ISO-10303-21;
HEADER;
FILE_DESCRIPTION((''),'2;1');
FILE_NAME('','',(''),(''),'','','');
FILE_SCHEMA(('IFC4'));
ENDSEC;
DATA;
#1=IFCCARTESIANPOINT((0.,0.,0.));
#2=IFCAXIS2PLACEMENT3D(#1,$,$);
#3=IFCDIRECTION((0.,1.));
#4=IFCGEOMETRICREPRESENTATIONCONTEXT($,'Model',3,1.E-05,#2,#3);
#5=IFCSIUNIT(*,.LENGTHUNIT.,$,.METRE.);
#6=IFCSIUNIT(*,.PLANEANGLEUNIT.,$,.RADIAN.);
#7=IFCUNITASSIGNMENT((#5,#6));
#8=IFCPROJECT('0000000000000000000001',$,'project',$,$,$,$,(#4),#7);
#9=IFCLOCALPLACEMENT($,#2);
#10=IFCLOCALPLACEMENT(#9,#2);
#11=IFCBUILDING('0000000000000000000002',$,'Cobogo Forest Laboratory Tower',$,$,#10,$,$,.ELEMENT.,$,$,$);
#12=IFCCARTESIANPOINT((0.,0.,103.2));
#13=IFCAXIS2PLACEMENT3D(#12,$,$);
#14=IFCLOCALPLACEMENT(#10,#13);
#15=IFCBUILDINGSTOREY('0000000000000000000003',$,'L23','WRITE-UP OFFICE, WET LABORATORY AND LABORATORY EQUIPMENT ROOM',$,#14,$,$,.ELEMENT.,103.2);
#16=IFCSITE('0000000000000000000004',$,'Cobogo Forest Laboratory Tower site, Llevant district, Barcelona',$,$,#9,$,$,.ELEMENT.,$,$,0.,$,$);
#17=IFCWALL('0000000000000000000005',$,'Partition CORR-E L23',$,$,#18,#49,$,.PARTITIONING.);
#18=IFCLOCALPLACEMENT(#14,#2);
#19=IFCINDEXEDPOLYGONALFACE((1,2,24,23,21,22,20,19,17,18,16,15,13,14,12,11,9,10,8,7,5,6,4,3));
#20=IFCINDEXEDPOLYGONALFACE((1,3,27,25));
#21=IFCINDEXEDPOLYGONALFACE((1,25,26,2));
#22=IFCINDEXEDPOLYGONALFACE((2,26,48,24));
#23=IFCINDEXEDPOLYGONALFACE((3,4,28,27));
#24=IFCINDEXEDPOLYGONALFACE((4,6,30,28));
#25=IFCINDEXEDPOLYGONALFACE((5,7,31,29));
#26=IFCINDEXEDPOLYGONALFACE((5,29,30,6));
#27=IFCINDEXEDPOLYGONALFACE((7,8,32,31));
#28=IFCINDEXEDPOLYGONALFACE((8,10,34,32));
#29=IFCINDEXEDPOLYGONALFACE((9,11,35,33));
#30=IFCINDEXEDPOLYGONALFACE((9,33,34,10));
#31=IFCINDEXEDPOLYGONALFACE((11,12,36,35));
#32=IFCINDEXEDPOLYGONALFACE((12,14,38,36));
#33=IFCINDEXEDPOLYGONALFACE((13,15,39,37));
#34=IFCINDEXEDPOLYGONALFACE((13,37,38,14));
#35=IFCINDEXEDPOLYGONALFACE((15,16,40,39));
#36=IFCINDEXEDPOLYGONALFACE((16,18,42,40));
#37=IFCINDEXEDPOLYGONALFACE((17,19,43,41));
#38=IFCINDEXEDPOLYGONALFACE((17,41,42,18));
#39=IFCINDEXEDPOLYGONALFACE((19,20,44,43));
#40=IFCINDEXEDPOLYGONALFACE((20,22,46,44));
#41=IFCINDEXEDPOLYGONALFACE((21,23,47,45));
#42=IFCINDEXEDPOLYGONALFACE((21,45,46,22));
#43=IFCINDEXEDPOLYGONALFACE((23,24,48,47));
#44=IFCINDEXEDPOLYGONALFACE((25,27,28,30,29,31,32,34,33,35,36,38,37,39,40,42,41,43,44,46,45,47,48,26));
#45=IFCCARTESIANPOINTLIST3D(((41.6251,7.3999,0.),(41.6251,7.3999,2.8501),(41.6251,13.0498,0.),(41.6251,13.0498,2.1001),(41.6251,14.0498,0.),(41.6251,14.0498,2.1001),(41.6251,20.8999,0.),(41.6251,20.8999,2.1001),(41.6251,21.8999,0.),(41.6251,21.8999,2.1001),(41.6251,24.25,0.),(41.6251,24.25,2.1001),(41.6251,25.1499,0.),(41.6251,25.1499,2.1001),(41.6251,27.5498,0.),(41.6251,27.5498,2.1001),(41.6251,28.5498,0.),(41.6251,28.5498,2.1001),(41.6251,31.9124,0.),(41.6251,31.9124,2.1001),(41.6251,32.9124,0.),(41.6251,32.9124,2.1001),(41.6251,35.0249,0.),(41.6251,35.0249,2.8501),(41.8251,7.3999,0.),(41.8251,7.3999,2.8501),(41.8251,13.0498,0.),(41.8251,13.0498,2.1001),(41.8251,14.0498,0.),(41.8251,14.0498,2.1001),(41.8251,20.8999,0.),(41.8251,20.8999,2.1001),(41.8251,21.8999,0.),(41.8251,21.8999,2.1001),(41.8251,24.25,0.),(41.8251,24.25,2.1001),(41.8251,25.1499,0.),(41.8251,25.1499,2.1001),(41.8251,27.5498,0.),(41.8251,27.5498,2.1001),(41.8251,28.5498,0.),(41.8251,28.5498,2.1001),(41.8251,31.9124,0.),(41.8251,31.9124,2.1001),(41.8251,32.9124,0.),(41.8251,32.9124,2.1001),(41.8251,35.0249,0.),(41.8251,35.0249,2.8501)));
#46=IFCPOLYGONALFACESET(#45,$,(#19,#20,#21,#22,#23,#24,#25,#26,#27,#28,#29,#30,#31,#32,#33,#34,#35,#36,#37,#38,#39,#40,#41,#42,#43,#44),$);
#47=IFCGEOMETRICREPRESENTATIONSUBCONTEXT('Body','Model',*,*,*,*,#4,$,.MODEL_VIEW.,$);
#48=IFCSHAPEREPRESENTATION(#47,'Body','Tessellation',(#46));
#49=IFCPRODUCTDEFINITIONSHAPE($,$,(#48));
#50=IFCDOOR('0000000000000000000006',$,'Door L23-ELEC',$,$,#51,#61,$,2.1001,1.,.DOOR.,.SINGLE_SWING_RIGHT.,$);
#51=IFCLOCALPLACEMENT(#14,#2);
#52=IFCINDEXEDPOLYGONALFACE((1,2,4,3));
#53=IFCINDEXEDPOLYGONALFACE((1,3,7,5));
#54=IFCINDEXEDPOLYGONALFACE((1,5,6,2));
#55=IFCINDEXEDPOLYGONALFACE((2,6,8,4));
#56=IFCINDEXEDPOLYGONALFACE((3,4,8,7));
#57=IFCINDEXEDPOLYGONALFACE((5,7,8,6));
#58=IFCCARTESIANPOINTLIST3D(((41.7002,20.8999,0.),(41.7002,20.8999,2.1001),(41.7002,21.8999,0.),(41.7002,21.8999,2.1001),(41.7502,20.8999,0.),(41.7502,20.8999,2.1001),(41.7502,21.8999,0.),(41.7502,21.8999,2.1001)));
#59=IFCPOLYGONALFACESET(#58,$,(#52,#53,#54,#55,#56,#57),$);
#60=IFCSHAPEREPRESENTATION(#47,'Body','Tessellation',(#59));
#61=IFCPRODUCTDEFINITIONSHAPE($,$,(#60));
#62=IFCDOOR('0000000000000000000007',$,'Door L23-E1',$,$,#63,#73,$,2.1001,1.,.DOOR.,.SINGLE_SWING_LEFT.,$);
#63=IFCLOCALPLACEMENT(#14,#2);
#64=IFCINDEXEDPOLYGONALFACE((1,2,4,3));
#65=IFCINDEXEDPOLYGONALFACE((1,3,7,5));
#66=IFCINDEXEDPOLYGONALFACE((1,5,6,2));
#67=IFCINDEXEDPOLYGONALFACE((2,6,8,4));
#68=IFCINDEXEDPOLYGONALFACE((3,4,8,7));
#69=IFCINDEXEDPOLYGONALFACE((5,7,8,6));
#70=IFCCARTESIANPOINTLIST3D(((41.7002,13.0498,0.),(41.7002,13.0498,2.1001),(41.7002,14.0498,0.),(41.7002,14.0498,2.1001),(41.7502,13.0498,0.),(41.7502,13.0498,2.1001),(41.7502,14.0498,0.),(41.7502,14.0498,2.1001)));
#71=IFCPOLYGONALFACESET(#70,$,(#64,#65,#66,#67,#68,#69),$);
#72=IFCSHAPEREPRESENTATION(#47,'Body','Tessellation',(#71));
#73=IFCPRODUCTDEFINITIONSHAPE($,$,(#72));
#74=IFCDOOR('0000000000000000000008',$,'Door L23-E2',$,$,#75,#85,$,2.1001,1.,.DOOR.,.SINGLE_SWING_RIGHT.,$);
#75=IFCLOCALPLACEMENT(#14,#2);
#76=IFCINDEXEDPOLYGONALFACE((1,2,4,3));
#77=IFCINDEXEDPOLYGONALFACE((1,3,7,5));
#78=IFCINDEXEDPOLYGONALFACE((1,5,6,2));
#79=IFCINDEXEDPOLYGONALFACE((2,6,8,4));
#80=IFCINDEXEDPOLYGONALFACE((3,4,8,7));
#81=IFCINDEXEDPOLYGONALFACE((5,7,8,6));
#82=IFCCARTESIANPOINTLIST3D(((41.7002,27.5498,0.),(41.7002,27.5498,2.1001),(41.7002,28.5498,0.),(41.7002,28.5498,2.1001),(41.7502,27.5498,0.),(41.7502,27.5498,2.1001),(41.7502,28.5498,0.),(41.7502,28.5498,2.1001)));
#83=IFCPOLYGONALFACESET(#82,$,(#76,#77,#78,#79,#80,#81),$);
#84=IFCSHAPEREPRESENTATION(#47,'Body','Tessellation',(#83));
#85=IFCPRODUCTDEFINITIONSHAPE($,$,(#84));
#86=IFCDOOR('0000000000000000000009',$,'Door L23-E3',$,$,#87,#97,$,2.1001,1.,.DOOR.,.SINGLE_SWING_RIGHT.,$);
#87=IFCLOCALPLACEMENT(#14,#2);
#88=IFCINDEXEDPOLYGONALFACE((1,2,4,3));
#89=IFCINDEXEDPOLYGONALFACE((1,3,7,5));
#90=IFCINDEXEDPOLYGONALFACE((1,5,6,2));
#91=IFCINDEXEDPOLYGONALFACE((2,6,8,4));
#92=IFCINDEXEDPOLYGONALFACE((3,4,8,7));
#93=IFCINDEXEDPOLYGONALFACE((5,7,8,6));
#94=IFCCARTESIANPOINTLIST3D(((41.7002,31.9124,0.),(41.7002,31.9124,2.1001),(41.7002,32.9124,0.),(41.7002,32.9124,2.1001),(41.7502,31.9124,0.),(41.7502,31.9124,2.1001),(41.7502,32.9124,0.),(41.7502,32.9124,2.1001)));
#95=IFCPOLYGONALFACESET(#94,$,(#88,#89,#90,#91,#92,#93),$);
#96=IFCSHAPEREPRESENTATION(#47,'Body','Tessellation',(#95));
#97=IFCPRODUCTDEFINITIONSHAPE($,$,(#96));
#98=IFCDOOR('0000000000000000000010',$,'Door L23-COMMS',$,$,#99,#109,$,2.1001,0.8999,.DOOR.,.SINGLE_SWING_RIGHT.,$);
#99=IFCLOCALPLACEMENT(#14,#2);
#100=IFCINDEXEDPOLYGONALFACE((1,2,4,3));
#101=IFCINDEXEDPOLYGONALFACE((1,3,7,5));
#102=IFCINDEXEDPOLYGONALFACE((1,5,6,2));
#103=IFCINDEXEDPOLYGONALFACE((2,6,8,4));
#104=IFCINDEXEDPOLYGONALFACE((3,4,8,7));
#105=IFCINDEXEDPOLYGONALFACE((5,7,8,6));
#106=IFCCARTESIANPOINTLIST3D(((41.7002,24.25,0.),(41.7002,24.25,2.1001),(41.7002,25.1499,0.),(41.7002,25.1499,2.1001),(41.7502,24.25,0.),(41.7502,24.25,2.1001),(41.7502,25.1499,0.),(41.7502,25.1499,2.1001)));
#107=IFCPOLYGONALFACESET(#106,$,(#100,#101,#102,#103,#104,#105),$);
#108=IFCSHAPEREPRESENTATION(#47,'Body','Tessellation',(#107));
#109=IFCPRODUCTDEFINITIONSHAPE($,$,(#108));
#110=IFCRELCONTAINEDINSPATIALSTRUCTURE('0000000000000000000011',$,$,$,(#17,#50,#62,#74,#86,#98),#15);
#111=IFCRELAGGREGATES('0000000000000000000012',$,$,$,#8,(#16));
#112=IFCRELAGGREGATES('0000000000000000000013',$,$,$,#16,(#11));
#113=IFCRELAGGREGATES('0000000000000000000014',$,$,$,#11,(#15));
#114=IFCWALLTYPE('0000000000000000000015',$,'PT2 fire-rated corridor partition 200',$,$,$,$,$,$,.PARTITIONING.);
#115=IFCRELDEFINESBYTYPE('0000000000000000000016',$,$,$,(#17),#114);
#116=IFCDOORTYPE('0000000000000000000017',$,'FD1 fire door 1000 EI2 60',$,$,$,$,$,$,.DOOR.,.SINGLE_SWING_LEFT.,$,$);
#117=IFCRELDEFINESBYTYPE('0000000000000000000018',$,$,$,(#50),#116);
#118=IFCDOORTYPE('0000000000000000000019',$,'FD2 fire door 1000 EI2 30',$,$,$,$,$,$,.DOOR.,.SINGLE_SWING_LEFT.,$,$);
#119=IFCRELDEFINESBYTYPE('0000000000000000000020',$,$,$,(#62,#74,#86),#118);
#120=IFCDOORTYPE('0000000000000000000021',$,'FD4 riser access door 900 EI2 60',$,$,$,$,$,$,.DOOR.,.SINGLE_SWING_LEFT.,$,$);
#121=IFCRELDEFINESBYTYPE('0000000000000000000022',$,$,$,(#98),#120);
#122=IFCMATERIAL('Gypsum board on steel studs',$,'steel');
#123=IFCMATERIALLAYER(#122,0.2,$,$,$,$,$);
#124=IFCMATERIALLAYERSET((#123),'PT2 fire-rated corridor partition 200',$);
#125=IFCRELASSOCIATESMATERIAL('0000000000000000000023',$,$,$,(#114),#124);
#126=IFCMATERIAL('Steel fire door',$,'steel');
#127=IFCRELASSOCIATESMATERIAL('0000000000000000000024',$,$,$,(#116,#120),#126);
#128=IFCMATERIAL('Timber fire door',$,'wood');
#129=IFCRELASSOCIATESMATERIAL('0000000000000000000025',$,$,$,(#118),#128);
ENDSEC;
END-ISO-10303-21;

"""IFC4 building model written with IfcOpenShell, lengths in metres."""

from ifc_helpers import new_model, si_unit, direction, frame, frame_2d, origin, place, context, subcontext, project, spatial, rectangle, extrude, material, layer, layer_set, type_object, element, fill, save


model = new_model("IFC4")

# Units and contexts
model_context = context("Model", 3, precision=1e-05, world=origin(), true_north=direction((0.0, 1.0)))
body_context = subcontext(model_context, "Body", "Model", "MODEL_VIEW")
ifc_project = project(units=[si_unit("LENGTHUNIT", "METRE"), si_unit("PLANEANGLEUNIT", "RADIAN")], contexts=[model_context])

# Site, building, storey
site_placement = place(None, origin())
site = spatial("IfcSite", under=ifc_project, at=site_placement, Name="Cobogo Forest Laboratory Tower site, Llevant district, Barcelona", CompositionType="ELEMENT", RefElevation=0.0)
building_placement = place(site_placement, origin())
building = spatial("IfcBuilding", under=site, at=building_placement, Name="Cobogo Forest Laboratory Tower", CompositionType="ELEMENT")
storey_placement = place(building_placement, frame((0.0, 0.0, 103.2)))
storey = spatial("IfcBuildingStorey", under=building, at=storey_placement, Name="L23", Description="WRITE-UP OFFICE, WET LABORATORY AND LABORATORY EQUIPMENT ROOM", CompositionType="ELEMENT", Elevation=103.2)

# Shared definitions
ifc_material_1 = material(Name="Gypsum board on steel studs", Category="steel")

# Wall, openings, doors
ifc_layer_1 = layer(ifc_material_1, 0.2)
ifc_layer_set_1 = layer_set([ifc_layer_1], Name="PT2 fire-rated corridor partition 200")
wall_type_1 = type_object("IfcWallType", Name="PT2 fire-rated corridor partition 200", PredefinedType="PARTITIONING", material=ifc_layer_set_1)
wall_1_placement = place(storey_placement, frame((41.7251, 7.3999, 0.0), z_axis=(0.0, 0.0, 1.0), x_axis=(0.0, 1.0, 0.0)))
wall_1 = element("IfcWall", 1, at=wall_1_placement, inside=storey, type_object=wall_type_1, Name="Partition CORR-E L23", PredefinedType="PARTITIONING", context=body_context, shape_type="SweptSolid", body=[
    extrude(rectangle(XDim=27.625, YDim=0.2, at=frame_2d((13.8125, 0.0))), origin(), (0.0, 0.0, 1.0), 2.8501),
])
opening_1_placement = place(wall_1_placement, frame((5.6499, 0.0, 0.0)))
opening_1 = element("IfcOpeningElement", 2, at=opening_1_placement, cuts=wall_1, PredefinedType="OPENING", context=body_context, shape_type="SweptSolid", body=[
    extrude(rectangle(XDim=1.0, YDim=2.1001, at=frame_2d((0.5, 1.05))), frame((0.0, 0.1099, 0.0), z_axis=(0.0, -1.0, 0.0), x_axis=(1.0, 0.0, 0.0)), (0.0, 0.0, 1.0), 0.22),
])
opening_2_placement = place(wall_1_placement, frame((13.5, 0.0, 0.0)))
opening_2 = element("IfcOpeningElement", 3, at=opening_2_placement, cuts=wall_1, PredefinedType="OPENING", context=body_context, shape_type="SweptSolid", body=[
    extrude(rectangle(XDim=1.0, YDim=2.1001, at=frame_2d((0.5, 1.05))), frame((0.0, 0.1099, 0.0), z_axis=(0.0, -1.0, 0.0), x_axis=(1.0, 0.0, 0.0)), (0.0, 0.0, 1.0), 0.22),
])
opening_3_placement = place(wall_1_placement, frame((16.8501, 0.0, 0.0)))
opening_3 = element("IfcOpeningElement", 4, at=opening_3_placement, cuts=wall_1, PredefinedType="OPENING", context=body_context, shape_type="SweptSolid", body=[
    extrude(rectangle(XDim=0.8999, YDim=2.1001, at=frame_2d((0.45, 1.05))), frame((0.0, 0.1099, 0.0), z_axis=(0.0, -1.0, 0.0), x_axis=(1.0, 0.0, 0.0)), (0.0, 0.0, 1.0), 0.22),
])
opening_4_placement = place(wall_1_placement, frame((20.1499, 0.0, 0.0)))
opening_4 = element("IfcOpeningElement", 5, at=opening_4_placement, cuts=wall_1, PredefinedType="OPENING", context=body_context, shape_type="SweptSolid", body=[
    extrude(rectangle(XDim=1.0, YDim=2.1001, at=frame_2d((0.5, 1.05))), frame((0.0, 0.1099, 0.0), z_axis=(0.0, -1.0, 0.0), x_axis=(1.0, 0.0, 0.0)), (0.0, 0.0, 1.0), 0.22),
])
opening_5_placement = place(wall_1_placement, frame((24.5125, 0.0, 0.0)))
opening_5 = element("IfcOpeningElement", 6, at=opening_5_placement, cuts=wall_1, PredefinedType="OPENING", context=body_context, shape_type="SweptSolid", body=[
    extrude(rectangle(XDim=1.0, YDim=2.1001, at=frame_2d((0.5, 1.05))), frame((0.0, 0.1099, 0.0), z_axis=(0.0, -1.0, 0.0), x_axis=(1.0, 0.0, 0.0)), (0.0, 0.0, 1.0), 0.22),
])
ifc_material_2 = material(Name="Steel fire door", Category="steel")
door_type_1 = type_object("IfcDoorType", Name="FD1 fire door 1000 EI2 60", OperationType="SINGLE_SWING_LEFT", PredefinedType="DOOR", material=ifc_material_2)
door_1_placement = place(opening_2_placement, origin())
door_1 = element("IfcDoor", 7, at=door_1_placement, inside=storey, type_object=door_type_1, Name="Door L23-ELEC", OperationType="SINGLE_SWING_RIGHT", OverallHeight=2.1001, OverallWidth=1.0, PredefinedType="DOOR", context=body_context, shape_type="SweptSolid", body=[
    extrude(rectangle(XDim=1.0, YDim=2.1001, at=frame_2d((0.5, 1.05))), frame((0.0, 0.0249, 0.0), z_axis=(0.0, -1.0, 0.0), x_axis=(1.0, 0.0, 0.0)), (0.0, 0.0, 1.0), 0.05),
])
fill(opening_2, door_1)
ifc_material_3 = material(Name="Timber fire door", Category="wood")
door_type_2 = type_object("IfcDoorType", Name="FD2 fire door 1000 EI2 30", OperationType="SINGLE_SWING_LEFT", PredefinedType="DOOR", material=ifc_material_3)
door_2_placement = place(opening_1_placement, origin())
door_2 = element("IfcDoor", 8, at=door_2_placement, inside=storey, type_object=door_type_2, Name="Door L23-E1", OperationType="SINGLE_SWING_LEFT", OverallHeight=2.1001, OverallWidth=1.0, PredefinedType="DOOR", context=body_context, shape_type="SweptSolid", body=[
    extrude(rectangle(XDim=1.0, YDim=2.1001, at=frame_2d((0.5, 1.05))), frame((0.0, 0.0249, 0.0), z_axis=(0.0, -1.0, 0.0), x_axis=(1.0, 0.0, 0.0)), (0.0, 0.0, 1.0), 0.05),
])
fill(opening_1, door_2)
door_3_placement = place(opening_4_placement, origin())
door_3 = element("IfcDoor", 9, at=door_3_placement, inside=storey, type_object=door_type_2, Name="Door L23-E2", OperationType="SINGLE_SWING_RIGHT", OverallHeight=2.1001, OverallWidth=1.0, PredefinedType="DOOR", context=body_context, shape_type="SweptSolid", body=[
    extrude(rectangle(XDim=1.0, YDim=2.1001, at=frame_2d((0.5, 1.05))), frame((0.0, 0.0249, 0.0), z_axis=(0.0, -1.0, 0.0), x_axis=(1.0, 0.0, 0.0)), (0.0, 0.0, 1.0), 0.05),
])
fill(opening_4, door_3)
door_4_placement = place(opening_5_placement, origin())
door_4 = element("IfcDoor", 10, at=door_4_placement, inside=storey, type_object=door_type_2, Name="Door L23-E3", OperationType="SINGLE_SWING_RIGHT", OverallHeight=2.1001, OverallWidth=1.0, PredefinedType="DOOR", context=body_context, shape_type="SweptSolid", body=[
    extrude(rectangle(XDim=1.0, YDim=2.1001, at=frame_2d((0.5, 1.05))), frame((0.0, 0.0249, 0.0), z_axis=(0.0, -1.0, 0.0), x_axis=(1.0, 0.0, 0.0)), (0.0, 0.0, 1.0), 0.05),
])
fill(opening_5, door_4)
door_type_3 = type_object("IfcDoorType", Name="FD4 riser access door 900 EI2 60", OperationType="SINGLE_SWING_LEFT", PredefinedType="DOOR", material=ifc_material_2)
door_5_placement = place(opening_3_placement, origin())
door_5 = element("IfcDoor", 11, at=door_5_placement, inside=storey, type_object=door_type_3, Name="Door L23-COMMS", OperationType="SINGLE_SWING_RIGHT", OverallHeight=2.1001, OverallWidth=0.8999, PredefinedType="DOOR", context=body_context, shape_type="SweptSolid", body=[
    extrude(rectangle(XDim=0.8999, YDim=2.1001, at=frame_2d((0.45, 1.05))), frame((0.0, 0.0249, 0.0), z_axis=(0.0, -1.0, 0.0), x_axis=(1.0, 0.0, 0.0)), (0.0, 0.0, 1.0), 0.05),
])
fill(opening_3, door_5)

save(model, "model.ifc")
